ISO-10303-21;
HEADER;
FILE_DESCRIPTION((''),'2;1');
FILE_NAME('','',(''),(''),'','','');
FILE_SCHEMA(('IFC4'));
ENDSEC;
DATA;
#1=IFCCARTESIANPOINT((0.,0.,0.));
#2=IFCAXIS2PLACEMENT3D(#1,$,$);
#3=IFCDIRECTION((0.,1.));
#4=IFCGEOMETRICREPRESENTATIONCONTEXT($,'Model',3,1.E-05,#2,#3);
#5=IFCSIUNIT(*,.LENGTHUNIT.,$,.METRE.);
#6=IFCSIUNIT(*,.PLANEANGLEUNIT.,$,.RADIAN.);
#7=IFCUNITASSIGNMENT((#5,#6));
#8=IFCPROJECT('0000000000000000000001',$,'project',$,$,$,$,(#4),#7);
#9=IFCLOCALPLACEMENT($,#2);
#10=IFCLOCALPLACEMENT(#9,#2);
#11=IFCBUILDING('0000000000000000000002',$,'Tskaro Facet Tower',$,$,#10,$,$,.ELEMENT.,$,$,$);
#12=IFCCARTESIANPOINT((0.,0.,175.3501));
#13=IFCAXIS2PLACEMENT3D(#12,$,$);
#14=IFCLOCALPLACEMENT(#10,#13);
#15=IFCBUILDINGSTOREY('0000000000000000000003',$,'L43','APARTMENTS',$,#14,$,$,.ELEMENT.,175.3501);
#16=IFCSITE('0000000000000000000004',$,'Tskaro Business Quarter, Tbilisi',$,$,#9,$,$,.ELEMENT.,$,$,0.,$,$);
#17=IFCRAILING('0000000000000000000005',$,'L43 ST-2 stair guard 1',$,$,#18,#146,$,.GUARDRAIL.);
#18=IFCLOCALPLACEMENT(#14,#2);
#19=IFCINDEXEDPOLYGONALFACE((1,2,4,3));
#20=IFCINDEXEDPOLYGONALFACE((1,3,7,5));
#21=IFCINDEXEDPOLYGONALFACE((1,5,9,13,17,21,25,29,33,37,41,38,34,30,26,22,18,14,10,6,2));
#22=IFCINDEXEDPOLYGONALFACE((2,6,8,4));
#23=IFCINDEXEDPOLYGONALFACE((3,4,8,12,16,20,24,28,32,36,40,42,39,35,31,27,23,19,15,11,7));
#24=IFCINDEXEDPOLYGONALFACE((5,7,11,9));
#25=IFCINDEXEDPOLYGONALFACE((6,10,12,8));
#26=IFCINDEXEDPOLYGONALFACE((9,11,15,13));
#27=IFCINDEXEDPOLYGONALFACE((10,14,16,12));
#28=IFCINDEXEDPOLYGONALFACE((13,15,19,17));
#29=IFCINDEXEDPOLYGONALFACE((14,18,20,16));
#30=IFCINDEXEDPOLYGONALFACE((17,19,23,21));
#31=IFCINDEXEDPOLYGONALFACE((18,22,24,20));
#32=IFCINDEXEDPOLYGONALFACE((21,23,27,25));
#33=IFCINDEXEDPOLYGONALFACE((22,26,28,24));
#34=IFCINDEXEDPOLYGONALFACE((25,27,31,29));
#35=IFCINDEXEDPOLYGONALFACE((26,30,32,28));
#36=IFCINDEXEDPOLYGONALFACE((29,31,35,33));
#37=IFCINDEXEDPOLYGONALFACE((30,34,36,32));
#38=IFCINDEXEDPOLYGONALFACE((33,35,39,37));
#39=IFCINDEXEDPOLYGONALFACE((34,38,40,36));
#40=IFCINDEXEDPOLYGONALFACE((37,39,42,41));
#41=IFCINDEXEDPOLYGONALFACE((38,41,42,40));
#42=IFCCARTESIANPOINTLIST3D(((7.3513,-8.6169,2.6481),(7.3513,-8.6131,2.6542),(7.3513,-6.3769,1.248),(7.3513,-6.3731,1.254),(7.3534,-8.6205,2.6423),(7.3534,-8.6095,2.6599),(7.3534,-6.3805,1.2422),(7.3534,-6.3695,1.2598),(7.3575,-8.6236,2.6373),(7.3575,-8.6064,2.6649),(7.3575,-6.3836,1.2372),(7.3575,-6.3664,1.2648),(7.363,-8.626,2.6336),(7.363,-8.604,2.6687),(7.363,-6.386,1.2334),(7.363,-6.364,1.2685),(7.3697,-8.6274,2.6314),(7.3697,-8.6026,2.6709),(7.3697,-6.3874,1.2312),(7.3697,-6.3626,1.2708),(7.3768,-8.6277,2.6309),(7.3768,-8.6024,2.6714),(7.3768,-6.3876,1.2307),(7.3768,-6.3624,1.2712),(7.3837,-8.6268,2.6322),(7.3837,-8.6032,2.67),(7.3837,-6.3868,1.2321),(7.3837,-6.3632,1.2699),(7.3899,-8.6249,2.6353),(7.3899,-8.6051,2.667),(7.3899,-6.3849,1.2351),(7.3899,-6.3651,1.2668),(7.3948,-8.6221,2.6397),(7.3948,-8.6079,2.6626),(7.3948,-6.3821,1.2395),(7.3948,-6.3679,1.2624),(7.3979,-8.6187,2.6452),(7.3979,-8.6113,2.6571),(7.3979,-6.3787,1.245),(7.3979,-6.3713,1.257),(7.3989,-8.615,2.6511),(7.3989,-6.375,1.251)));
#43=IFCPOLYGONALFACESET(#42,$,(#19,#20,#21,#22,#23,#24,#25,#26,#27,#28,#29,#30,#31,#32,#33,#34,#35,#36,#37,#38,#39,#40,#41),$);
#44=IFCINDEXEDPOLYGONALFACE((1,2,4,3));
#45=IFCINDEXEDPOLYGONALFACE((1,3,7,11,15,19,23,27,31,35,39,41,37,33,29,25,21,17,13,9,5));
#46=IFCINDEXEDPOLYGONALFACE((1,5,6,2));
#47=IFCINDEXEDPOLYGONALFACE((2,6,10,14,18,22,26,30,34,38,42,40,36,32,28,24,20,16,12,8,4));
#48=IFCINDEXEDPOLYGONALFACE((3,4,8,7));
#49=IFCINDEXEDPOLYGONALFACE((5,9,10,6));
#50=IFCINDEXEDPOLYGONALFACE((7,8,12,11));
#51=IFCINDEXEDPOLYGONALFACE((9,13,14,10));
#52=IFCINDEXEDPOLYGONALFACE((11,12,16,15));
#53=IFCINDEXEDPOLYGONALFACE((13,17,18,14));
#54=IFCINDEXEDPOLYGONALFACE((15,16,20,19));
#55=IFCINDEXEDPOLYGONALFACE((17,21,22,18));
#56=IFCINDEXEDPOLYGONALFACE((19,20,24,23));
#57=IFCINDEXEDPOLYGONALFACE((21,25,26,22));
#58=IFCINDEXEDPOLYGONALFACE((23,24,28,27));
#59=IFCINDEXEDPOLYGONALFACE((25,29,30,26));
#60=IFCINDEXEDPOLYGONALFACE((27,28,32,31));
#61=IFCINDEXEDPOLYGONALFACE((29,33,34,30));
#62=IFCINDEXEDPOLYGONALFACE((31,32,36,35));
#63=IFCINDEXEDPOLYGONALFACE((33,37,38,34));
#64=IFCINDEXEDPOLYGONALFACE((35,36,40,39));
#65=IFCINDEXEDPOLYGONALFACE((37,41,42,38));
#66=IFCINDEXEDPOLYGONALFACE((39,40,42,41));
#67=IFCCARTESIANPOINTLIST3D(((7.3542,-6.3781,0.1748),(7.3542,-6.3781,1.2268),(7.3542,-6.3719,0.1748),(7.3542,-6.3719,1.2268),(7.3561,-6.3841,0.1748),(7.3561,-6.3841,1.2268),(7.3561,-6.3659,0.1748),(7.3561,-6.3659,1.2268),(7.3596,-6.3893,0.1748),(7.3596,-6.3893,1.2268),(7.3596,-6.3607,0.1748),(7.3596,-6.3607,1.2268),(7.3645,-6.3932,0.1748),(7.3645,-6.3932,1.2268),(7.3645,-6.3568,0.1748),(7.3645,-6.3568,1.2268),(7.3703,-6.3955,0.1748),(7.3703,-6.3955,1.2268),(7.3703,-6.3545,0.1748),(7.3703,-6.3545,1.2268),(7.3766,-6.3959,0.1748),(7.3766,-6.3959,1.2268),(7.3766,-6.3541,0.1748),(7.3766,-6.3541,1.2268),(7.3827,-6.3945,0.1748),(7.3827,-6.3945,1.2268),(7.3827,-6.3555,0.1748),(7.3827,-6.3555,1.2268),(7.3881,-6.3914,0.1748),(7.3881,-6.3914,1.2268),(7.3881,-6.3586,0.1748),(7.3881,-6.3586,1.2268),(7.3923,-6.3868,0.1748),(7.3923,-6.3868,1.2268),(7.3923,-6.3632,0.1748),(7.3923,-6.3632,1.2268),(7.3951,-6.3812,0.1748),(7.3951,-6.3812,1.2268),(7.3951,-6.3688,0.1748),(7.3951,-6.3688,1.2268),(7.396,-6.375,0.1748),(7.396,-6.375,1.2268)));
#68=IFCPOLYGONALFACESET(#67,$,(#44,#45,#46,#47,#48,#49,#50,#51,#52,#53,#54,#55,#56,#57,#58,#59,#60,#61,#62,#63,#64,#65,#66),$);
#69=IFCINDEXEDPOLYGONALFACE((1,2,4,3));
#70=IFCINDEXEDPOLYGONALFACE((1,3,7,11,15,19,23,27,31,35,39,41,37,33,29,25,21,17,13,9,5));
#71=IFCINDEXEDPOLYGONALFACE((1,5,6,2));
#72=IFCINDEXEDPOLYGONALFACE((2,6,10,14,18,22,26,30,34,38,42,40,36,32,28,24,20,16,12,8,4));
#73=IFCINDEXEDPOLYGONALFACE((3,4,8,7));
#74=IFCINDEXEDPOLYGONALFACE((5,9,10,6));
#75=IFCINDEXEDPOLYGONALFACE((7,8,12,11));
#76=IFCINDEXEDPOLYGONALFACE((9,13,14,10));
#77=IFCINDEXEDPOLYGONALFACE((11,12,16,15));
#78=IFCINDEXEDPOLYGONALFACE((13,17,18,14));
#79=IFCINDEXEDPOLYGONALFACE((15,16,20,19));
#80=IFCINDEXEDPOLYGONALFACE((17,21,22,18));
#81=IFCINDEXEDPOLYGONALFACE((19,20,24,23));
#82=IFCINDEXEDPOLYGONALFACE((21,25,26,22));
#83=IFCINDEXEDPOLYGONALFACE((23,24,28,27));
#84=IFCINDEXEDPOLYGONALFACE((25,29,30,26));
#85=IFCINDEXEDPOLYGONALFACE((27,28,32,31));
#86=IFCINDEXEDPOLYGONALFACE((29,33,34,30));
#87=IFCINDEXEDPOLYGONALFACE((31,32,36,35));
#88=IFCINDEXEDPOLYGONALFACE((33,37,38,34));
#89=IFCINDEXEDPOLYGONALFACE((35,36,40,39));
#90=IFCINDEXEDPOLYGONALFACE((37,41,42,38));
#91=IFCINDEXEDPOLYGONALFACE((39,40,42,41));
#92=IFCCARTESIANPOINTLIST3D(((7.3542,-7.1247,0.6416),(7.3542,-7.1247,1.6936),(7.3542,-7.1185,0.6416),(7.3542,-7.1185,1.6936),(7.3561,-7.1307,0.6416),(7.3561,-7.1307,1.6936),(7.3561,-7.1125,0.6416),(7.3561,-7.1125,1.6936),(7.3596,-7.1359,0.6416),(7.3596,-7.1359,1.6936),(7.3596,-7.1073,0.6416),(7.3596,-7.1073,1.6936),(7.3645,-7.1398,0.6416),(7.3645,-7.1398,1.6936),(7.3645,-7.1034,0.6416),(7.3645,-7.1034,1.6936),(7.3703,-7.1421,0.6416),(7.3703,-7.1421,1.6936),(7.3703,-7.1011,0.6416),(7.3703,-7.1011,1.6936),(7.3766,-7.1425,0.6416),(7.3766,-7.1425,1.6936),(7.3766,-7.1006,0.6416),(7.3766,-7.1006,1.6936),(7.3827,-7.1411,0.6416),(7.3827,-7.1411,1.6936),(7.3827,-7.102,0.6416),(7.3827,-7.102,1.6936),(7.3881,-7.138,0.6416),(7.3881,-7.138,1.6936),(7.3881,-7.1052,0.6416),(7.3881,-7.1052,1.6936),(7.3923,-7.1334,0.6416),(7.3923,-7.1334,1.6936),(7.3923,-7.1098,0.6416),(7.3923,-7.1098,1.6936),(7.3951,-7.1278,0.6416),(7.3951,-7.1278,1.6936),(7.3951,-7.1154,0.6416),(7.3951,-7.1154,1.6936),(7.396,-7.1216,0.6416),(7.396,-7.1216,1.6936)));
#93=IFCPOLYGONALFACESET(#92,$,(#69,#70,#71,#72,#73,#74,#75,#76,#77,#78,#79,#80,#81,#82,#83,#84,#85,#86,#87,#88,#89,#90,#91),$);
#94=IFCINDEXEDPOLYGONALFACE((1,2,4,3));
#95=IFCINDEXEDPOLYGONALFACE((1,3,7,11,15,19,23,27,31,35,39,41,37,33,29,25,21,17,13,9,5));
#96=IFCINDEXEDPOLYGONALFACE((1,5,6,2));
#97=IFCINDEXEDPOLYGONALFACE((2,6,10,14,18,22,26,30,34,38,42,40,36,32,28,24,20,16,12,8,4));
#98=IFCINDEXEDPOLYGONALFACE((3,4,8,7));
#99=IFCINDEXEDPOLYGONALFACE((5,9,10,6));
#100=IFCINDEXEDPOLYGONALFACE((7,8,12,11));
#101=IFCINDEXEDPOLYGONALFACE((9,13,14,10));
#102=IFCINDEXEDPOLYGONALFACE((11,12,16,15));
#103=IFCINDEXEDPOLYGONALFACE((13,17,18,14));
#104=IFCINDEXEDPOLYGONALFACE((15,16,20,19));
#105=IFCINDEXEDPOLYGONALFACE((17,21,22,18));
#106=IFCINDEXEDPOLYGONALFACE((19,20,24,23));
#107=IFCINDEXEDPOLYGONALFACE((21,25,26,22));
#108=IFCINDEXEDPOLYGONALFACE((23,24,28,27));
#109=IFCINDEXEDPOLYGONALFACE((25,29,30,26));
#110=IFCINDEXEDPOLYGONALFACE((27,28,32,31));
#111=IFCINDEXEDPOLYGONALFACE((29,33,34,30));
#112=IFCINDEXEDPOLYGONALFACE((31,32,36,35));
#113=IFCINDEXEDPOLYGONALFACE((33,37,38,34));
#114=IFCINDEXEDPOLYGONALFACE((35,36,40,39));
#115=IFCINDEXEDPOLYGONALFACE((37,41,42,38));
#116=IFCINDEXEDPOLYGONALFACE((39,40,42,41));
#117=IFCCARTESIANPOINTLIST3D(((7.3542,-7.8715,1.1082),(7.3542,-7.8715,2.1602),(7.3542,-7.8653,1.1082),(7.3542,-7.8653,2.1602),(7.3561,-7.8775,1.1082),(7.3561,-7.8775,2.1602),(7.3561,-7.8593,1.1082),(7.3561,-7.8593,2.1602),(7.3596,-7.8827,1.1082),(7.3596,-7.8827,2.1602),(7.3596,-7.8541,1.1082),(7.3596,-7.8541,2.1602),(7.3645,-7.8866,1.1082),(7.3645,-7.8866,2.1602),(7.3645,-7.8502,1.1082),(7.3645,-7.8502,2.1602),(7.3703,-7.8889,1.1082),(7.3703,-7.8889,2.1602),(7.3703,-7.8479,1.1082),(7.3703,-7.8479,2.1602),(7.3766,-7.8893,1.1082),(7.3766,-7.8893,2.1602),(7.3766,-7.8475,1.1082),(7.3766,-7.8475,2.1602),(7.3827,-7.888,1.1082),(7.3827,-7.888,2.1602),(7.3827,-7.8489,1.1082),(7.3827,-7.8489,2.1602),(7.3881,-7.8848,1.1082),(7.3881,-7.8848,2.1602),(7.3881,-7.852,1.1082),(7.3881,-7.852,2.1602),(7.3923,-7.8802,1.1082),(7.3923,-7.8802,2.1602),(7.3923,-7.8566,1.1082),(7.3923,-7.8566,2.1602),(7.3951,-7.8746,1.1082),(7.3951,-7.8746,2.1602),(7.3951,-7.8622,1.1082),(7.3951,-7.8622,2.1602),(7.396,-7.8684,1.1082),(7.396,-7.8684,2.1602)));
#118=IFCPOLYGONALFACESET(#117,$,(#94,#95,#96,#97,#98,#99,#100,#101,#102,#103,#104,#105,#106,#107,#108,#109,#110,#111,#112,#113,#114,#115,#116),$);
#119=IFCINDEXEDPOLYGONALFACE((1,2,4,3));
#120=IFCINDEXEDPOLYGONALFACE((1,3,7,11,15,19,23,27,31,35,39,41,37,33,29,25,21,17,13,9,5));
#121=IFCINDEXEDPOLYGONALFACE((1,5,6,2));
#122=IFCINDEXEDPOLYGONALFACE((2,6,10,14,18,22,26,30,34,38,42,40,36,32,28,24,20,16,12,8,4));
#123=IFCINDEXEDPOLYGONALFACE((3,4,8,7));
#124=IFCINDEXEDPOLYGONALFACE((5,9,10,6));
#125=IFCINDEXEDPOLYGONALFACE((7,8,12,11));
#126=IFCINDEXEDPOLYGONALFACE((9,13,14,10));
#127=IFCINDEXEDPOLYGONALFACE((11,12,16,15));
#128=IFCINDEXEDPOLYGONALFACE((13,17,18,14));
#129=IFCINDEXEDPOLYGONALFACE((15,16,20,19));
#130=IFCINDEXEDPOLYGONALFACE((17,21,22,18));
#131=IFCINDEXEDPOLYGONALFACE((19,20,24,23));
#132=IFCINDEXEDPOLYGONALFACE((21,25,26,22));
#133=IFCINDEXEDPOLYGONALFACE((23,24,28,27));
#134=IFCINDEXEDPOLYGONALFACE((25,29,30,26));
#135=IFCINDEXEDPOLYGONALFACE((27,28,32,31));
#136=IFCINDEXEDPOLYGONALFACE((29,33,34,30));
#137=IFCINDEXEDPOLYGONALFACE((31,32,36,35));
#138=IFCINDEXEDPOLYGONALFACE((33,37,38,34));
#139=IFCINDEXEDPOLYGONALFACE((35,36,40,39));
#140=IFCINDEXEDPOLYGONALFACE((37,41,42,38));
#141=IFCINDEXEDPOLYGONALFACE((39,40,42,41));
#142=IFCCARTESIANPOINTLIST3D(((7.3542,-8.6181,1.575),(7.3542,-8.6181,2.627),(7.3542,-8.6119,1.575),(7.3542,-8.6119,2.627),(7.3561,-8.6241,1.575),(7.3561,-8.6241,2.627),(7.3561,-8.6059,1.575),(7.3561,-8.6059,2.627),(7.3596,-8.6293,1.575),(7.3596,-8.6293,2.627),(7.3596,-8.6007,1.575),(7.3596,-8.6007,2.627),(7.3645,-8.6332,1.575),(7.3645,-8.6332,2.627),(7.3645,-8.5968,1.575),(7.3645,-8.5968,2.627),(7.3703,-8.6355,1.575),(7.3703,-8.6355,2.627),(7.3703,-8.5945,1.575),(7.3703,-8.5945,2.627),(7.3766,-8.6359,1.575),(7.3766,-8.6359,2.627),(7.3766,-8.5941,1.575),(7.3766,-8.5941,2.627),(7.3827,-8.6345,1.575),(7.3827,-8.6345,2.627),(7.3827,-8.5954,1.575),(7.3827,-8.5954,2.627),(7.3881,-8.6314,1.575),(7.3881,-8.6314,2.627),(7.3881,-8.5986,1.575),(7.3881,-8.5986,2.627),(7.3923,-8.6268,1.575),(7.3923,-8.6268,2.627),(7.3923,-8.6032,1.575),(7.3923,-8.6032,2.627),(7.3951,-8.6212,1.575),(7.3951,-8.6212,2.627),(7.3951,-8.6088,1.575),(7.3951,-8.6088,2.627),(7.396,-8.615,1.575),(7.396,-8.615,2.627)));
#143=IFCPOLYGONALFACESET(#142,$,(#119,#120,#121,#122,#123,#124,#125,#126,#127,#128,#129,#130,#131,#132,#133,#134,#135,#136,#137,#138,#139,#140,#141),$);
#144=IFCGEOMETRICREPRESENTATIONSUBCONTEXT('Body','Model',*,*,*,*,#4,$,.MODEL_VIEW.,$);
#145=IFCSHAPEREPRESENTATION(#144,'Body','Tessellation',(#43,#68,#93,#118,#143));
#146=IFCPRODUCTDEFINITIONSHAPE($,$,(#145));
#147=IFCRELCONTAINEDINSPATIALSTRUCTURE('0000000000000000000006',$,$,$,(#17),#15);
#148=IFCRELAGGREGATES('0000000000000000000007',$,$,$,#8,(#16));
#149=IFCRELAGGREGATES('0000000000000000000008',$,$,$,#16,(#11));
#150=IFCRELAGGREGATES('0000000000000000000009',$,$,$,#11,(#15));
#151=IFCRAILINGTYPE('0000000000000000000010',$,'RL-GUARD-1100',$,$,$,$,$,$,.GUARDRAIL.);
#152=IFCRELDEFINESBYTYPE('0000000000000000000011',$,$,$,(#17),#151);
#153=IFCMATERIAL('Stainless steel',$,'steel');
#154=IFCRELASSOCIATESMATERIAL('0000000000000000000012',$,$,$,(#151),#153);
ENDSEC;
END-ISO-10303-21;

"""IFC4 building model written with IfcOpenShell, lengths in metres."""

from ifc_helpers import new_model, si_unit, direction, frame, origin, origin_2d, place, context, subcontext, project, spatial, circle, extrude, material, type_object, element, save


model = new_model("IFC4")

# Units and contexts
model_context = context("Model", 3, precision=1e-05, world=origin(), true_north=direction((0.0, 1.0)))
body_context = subcontext(model_context, "Body", "Model", "MODEL_VIEW")
ifc_project = project(units=[si_unit("LENGTHUNIT", "METRE"), si_unit("PLANEANGLEUNIT", "RADIAN")], contexts=[model_context])

# Site, building, storey
site_placement = place(None, origin())
site = spatial("IfcSite", under=ifc_project, at=site_placement, Name="Tskaro Business Quarter, Tbilisi", CompositionType="ELEMENT", RefElevation=0.0)
building_placement = place(site_placement, origin())
building = spatial("IfcBuilding", under=site, at=building_placement, Name="Tskaro Facet Tower", CompositionType="ELEMENT")
storey_placement = place(building_placement, frame((0.0, 0.0, 175.3501)))
storey = spatial("IfcBuildingStorey", under=building, at=storey_placement, Name="L43", Description="APARTMENTS", CompositionType="ELEMENT", Elevation=175.3501)

# Shared definitions
ifc_material_1 = material(Name="Stainless steel", Category="steel")

# Railing
railing_type_1 = type_object("IfcRailingType", Name="RL-GUARD-1100", PredefinedType="GUARDRAIL", material=ifc_material_1)
railing_1_placement = place(storey_placement, frame((7.375, -6.375, 0.1748)))
element("IfcRailing", 1, at=railing_1_placement, inside=storey, type_object=railing_type_1, Name="L43 ST-2 stair guard 1", PredefinedType="GUARDRAIL", context=body_context, shape_type="SweptSolid", body=[
    extrude(circle(Radius=0.0239, at=origin_2d()), frame((0.0, 0.0, 1.0762), z_axis=(0.0, -0.847972, 0.53004), x_axis=(1.0, 0.0, 0.0)), (0.0, 0.0, 1.0), 2.6416),
    extrude(circle(Radius=0.021, at=origin_2d()), origin(), (0.0, 0.0, 1.0), 1.052),
    extrude(circle(Radius=0.021, at=origin_2d()), frame((0.0, -0.7466, 0.4668)), (0.0, 0.0, 1.0), 1.052),
    extrude(circle(Radius=0.021, at=origin_2d()), frame((0.0, -1.4934, 0.9333)), (0.0, 0.0, 1.0), 1.052),
    extrude(circle(Radius=0.021, at=origin_2d()), frame((0.0, -2.24, 1.4001)), (0.0, 0.0, 1.0), 1.052),
])

save(model, "model.ifc")
